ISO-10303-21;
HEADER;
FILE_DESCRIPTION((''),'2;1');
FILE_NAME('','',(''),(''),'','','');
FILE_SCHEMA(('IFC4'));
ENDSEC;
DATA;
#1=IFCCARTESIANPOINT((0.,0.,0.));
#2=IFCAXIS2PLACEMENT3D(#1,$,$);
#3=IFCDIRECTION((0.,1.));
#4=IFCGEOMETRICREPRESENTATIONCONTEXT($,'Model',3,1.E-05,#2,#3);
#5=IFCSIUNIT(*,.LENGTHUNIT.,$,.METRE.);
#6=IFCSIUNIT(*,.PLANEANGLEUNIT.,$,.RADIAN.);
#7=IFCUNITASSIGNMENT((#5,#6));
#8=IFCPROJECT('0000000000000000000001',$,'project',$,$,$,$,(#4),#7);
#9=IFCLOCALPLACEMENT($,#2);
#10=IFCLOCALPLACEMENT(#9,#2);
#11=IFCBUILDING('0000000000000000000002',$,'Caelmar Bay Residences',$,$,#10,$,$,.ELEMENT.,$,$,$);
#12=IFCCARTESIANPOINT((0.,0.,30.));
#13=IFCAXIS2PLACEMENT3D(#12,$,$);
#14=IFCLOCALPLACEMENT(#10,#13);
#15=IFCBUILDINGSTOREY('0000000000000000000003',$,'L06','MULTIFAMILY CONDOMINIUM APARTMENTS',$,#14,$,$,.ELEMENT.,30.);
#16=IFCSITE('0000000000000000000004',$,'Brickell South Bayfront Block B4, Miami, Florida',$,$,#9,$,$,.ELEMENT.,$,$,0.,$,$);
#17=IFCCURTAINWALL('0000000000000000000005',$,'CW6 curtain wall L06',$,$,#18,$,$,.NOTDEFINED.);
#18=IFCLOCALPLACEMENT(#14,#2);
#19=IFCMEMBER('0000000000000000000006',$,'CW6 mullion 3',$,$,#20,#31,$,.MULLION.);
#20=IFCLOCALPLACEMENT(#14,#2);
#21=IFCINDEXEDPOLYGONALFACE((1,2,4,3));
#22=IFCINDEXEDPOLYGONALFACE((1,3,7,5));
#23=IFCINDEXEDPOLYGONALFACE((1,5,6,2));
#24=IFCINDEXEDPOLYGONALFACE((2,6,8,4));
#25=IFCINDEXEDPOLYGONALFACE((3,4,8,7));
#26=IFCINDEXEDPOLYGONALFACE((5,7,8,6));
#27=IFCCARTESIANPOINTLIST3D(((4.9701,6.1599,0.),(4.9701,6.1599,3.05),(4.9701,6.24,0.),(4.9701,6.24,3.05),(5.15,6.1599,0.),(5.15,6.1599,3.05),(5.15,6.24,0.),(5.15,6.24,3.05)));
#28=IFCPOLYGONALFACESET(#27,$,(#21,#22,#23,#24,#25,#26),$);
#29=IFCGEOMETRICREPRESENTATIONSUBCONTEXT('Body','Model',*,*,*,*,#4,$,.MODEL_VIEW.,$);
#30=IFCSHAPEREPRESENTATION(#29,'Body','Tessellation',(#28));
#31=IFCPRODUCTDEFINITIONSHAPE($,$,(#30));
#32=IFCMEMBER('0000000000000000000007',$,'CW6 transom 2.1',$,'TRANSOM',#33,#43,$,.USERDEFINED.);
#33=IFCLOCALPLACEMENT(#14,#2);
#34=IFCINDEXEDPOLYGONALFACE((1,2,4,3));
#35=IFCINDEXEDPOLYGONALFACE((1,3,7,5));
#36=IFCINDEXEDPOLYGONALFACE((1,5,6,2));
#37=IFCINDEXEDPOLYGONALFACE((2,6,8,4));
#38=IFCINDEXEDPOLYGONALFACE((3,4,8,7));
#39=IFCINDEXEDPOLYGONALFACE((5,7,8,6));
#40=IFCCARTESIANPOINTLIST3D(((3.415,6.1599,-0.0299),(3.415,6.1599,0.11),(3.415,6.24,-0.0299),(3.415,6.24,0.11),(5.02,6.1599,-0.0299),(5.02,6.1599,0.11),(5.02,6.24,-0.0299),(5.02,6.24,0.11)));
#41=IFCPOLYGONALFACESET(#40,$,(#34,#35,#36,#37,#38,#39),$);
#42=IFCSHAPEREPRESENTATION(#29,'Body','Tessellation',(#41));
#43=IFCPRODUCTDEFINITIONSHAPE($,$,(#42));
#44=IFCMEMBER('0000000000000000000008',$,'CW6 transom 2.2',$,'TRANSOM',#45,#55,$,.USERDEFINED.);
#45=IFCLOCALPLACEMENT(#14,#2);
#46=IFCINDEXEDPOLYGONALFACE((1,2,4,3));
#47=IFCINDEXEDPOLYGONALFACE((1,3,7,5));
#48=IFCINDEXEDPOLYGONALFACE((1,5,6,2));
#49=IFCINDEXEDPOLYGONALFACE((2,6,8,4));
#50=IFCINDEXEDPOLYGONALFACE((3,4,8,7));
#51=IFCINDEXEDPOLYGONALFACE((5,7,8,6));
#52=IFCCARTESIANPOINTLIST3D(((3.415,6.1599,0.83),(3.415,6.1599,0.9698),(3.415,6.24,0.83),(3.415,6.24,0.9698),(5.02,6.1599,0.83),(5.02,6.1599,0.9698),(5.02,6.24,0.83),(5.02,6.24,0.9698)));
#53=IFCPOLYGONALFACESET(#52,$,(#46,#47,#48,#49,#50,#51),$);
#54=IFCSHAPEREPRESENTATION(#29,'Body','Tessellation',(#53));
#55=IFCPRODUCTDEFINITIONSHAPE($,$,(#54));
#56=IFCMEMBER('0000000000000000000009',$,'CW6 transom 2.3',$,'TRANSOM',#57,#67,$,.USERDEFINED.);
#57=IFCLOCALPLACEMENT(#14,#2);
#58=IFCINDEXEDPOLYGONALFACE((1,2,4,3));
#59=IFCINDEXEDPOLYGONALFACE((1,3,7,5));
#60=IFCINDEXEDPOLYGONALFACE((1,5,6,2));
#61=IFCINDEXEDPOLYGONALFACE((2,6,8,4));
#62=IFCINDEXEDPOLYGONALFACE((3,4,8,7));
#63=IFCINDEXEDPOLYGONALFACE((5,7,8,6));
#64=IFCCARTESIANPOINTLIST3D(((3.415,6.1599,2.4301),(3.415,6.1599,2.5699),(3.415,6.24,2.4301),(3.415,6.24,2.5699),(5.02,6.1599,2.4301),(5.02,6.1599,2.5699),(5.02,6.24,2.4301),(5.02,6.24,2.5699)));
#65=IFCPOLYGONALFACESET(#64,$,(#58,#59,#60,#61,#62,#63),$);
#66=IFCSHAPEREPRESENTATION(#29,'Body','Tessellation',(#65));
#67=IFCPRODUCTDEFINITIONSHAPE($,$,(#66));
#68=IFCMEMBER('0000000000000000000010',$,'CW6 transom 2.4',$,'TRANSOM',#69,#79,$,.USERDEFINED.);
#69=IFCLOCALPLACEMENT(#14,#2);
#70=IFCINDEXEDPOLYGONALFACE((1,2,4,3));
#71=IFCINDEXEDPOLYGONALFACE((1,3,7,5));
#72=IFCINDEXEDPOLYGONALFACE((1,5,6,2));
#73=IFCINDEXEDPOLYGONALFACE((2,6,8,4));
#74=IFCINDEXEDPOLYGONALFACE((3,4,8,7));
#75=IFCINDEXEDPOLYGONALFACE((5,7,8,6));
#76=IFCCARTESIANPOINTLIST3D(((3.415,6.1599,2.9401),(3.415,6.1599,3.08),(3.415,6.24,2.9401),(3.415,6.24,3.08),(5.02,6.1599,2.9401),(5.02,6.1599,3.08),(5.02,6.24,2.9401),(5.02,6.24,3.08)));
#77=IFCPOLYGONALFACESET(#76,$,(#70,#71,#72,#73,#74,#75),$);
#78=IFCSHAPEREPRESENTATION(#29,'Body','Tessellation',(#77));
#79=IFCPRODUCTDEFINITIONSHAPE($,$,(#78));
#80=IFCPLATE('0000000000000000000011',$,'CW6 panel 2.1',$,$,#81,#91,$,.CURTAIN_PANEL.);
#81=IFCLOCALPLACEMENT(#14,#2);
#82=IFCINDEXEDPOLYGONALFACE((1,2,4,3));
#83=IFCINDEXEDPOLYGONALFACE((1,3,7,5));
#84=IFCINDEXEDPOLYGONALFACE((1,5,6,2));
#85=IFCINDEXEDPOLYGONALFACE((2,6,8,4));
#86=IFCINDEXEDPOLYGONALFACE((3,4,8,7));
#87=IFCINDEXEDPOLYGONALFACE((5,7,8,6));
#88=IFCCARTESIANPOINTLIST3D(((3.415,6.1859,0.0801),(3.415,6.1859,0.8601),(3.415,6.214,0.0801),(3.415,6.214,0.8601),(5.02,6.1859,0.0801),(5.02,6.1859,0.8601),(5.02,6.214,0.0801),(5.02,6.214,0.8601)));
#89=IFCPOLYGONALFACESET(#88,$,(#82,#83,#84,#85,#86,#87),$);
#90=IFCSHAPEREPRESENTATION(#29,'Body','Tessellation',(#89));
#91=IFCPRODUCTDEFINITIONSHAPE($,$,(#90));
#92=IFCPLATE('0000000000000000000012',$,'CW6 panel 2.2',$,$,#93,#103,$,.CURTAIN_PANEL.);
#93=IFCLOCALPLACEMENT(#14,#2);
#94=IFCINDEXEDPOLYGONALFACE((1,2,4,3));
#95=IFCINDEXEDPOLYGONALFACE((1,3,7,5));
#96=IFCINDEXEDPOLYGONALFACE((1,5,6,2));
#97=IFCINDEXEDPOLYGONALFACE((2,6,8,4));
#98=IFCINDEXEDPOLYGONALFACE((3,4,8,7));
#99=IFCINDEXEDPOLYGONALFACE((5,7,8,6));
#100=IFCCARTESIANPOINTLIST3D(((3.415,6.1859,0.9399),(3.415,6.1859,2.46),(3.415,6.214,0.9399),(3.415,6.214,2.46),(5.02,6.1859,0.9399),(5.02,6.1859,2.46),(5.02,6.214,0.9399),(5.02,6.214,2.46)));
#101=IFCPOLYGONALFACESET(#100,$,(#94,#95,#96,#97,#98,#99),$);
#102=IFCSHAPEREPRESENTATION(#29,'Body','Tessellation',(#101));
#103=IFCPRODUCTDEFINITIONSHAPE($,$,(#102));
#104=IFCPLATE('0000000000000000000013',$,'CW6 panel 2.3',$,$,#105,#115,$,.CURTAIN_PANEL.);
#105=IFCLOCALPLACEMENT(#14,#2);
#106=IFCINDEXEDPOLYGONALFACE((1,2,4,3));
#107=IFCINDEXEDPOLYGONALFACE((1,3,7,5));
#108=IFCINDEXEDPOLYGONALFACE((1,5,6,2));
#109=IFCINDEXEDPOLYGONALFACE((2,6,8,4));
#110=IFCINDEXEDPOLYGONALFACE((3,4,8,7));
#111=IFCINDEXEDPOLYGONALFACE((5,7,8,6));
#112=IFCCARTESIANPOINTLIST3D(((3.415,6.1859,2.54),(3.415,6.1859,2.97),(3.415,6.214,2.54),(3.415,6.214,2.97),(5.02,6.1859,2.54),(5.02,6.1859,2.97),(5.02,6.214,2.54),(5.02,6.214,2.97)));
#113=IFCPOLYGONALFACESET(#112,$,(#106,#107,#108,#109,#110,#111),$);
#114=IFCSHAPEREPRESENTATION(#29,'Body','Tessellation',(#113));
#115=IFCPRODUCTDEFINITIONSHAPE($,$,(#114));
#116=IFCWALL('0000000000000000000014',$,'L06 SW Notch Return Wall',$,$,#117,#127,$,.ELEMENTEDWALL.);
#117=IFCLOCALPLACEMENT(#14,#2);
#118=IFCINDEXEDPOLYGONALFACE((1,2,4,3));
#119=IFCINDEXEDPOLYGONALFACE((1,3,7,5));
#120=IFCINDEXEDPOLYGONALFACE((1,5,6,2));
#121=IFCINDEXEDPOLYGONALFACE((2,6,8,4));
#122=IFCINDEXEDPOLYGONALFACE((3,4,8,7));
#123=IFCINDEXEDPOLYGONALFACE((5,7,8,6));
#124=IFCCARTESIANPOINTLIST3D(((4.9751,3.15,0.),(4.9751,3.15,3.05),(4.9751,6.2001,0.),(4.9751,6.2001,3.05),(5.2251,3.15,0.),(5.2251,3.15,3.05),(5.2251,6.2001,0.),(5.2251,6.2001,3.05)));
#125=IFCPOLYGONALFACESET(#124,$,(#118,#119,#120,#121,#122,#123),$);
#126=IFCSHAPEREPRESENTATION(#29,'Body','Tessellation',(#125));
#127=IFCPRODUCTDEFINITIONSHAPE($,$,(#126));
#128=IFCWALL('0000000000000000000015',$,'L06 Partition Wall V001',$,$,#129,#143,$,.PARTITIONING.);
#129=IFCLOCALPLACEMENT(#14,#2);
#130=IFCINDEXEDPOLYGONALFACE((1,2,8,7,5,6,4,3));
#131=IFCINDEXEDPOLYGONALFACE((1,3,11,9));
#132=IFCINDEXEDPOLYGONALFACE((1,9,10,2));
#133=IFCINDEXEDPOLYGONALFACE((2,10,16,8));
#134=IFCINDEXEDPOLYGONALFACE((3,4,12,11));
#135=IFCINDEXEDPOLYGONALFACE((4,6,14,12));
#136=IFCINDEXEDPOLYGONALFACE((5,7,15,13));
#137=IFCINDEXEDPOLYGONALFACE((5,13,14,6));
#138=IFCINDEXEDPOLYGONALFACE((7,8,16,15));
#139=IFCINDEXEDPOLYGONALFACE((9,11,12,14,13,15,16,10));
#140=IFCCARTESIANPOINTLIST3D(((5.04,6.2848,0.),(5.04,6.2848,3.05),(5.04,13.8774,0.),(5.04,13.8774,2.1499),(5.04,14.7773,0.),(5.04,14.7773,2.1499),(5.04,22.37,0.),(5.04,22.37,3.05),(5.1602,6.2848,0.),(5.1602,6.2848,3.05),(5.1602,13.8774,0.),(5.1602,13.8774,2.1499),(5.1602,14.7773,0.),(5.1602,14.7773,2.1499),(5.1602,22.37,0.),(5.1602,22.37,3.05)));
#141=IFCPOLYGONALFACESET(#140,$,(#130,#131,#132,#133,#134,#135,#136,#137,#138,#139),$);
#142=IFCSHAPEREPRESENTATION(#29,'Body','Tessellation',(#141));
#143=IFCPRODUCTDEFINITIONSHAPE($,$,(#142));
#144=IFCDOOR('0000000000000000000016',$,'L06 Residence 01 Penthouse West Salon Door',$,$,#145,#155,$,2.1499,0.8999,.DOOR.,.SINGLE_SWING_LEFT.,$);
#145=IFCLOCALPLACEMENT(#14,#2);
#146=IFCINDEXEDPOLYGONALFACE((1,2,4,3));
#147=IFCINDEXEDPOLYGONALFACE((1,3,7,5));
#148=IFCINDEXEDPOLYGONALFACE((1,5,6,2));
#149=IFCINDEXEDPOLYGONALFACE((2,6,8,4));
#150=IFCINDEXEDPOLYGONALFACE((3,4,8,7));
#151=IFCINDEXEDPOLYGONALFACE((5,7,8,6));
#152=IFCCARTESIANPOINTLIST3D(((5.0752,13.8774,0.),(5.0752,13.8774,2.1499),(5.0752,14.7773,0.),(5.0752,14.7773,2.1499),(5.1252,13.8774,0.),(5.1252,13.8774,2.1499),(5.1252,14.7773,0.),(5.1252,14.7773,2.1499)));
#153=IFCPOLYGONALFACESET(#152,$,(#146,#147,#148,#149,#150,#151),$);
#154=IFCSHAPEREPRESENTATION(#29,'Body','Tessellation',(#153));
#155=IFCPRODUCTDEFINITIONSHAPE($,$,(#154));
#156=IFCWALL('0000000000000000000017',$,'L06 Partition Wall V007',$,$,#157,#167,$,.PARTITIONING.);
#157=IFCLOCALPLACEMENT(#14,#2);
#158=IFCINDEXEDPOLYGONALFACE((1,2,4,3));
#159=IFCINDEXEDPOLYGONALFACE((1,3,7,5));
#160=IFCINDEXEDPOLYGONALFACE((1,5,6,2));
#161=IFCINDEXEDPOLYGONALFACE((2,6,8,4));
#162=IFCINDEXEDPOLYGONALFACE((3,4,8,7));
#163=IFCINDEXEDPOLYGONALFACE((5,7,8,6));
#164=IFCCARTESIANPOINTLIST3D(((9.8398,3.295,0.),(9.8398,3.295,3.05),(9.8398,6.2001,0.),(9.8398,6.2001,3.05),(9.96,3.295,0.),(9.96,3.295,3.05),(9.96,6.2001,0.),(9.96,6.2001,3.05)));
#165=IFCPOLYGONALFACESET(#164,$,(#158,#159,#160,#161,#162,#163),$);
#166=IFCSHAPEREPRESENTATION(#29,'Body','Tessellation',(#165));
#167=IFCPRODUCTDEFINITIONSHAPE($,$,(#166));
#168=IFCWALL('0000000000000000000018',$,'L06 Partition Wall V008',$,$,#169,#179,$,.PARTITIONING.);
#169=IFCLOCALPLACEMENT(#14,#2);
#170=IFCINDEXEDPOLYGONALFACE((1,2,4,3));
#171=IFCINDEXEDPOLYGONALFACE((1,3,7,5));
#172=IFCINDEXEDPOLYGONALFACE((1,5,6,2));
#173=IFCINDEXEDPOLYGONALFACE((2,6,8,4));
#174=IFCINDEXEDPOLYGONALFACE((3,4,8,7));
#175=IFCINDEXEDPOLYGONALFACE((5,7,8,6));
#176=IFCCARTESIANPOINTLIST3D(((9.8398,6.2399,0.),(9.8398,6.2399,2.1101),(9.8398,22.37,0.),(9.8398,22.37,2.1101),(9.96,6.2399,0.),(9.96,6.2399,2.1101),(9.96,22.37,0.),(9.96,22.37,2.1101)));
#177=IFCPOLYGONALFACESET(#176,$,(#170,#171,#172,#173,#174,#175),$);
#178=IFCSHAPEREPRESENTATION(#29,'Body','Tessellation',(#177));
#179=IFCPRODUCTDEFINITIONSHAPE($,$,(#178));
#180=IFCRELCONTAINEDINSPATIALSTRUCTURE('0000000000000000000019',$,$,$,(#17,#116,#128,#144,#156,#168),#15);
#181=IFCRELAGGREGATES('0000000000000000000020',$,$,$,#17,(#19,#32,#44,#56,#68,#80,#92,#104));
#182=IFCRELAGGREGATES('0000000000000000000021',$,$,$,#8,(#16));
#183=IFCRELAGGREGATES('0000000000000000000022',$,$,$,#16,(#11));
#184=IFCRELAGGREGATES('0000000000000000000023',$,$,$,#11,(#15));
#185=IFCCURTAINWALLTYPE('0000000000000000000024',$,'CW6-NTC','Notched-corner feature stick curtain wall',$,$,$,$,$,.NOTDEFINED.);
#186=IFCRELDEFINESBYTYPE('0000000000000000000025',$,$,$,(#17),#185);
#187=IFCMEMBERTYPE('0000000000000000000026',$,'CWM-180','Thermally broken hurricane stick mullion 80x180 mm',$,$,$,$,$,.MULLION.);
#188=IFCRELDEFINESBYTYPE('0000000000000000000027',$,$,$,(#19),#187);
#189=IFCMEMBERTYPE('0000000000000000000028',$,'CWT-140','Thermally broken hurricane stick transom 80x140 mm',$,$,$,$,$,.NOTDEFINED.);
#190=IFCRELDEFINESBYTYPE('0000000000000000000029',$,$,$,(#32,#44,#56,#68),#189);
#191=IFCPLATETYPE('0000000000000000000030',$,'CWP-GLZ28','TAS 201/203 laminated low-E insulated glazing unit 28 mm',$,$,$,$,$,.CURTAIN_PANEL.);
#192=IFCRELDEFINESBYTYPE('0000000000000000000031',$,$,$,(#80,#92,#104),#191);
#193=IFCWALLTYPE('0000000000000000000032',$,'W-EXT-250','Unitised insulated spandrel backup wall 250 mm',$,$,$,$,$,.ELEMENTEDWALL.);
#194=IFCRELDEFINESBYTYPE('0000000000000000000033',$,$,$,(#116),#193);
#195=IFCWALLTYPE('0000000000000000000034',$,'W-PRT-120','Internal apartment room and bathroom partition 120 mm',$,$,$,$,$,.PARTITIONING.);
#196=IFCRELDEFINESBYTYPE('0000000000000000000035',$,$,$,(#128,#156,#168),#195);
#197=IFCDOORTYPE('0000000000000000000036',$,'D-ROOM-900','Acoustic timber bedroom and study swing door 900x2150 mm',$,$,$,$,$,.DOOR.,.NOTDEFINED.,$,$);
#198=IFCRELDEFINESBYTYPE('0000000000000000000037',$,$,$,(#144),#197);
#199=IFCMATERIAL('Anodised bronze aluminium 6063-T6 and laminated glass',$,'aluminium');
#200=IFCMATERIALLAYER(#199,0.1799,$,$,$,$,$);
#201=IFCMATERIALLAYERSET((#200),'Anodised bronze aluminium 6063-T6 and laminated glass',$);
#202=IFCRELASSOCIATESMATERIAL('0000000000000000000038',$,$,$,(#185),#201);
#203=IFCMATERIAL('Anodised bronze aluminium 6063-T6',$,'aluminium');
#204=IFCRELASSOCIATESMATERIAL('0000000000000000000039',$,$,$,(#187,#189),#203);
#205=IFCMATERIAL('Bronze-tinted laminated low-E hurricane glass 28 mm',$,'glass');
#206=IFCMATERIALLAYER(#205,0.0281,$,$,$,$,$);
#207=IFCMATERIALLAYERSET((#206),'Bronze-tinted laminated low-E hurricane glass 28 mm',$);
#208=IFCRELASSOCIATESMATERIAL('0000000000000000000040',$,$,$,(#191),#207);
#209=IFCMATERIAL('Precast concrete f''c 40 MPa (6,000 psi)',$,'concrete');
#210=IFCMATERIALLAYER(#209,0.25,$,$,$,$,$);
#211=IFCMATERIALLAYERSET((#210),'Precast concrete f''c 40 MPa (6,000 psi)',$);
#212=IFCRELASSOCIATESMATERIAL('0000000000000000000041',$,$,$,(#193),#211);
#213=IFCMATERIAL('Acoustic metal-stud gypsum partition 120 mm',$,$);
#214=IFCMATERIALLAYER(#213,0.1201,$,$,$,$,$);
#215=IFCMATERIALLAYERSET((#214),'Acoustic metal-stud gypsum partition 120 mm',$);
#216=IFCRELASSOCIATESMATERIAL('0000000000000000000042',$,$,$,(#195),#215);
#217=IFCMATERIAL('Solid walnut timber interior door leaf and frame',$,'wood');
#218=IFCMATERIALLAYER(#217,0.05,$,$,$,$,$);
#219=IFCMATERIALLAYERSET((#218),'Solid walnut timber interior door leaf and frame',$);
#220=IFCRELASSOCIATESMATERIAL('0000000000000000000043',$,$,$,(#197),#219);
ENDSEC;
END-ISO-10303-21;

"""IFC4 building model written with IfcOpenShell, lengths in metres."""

from ifc_helpers import new_model, si_unit, direction, frame, frame_2d, origin, origin_2d, place, context, subcontext, project, spatial, rectangle, extrude, material, layer, layer_set, material_profile, profile_set, type_object, element, fill, aggregate, save


model = new_model("IFC4")

# Units and contexts
model_context = context("Model", 3, precision=1e-05, world=origin(), true_north=direction((0.0, 1.0)))
body_context = subcontext(model_context, "Body", "Model", "MODEL_VIEW")
ifc_project = project(units=[si_unit("LENGTHUNIT", "METRE"), si_unit("PLANEANGLEUNIT", "RADIAN")], contexts=[model_context])

# Site, building, storey
site_placement = place(None, origin())
site = spatial("IfcSite", under=ifc_project, at=site_placement, Name="Brickell South Bayfront Block B4, Miami, Florida", CompositionType="ELEMENT", RefElevation=0.0)
building_placement = place(site_placement, origin())
building = spatial("IfcBuilding", under=site, at=building_placement, Name="Caelmar Bay Residences", CompositionType="ELEMENT")
storey_placement = place(building_placement, frame((0.0, 0.0, 30.0)))
storey = spatial("IfcBuildingStorey", under=building, at=storey_placement, Name="L06", Description="MULTIFAMILY CONDOMINIUM APARTMENTS", CompositionType="ELEMENT", Elevation=30.0)

# Curtain wall, members, plates
ifc_material_1 = material(Name="Anodised bronze aluminium 6063-T6 and laminated glass", Category="aluminium")
ifc_layer_1 = layer(ifc_material_1, 0.1799)
ifc_layer_set_1 = layer_set([ifc_layer_1], Name="Anodised bronze aluminium 6063-T6 and laminated glass")
curtain_wall_type = type_object("IfcCurtainWallType", Name="CW6-NTC", Description="Notched-corner feature stick curtain wall", PredefinedType="NOTDEFINED", material=ifc_layer_set_1)
curtain_wall_placement = place(storey_placement, origin())
curtain_wall = element("IfcCurtainWall", 1, at=curtain_wall_placement, inside=storey, type_object=curtain_wall_type, Name="CW6 curtain wall L06", PredefinedType="NOTDEFINED")
ifc_material_2 = material(Name="Anodised bronze aluminium 6063-T6", Category="aluminium")
ifc_material_profile_1 = material_profile(ifc_material_2, rectangle(XDim=0.0801, YDim=0.1799, at=origin_2d()), Name="CWM-80X180")
ifc_profile_set_1 = profile_set([ifc_material_profile_1], Name="Anodised bronze aluminium 6063-T6")
member_type_1 = type_object("IfcMemberType", Name="CWM-180", Description="Thermally broken hurricane stick mullion 80x180 mm", PredefinedType="MULLION", material=ifc_profile_set_1)
member_1_placement = place(storey_placement, frame((5.0601, 6.2, 0.0), z_axis=(0.0, 0.0, 1.0), x_axis=(0.0, 1.0, 0.0)))
member_1 = element("IfcMember", 2, at=member_1_placement, type_object=member_type_1, Name="CW6 mullion 3", PredefinedType="MULLION", context=body_context, shape_type="SweptSolid", body=[
    extrude(rectangle(XDim=0.0801, YDim=0.1799, at=origin_2d()), origin(), (0.0, 0.0, 1.0), 3.05),
])
ifc_material_profile_2 = material_profile(ifc_material_2, rectangle(XDim=0.0801, YDim=0.1399, at=origin_2d()), Name="CWT-80X140")
ifc_profile_set_2 = profile_set([ifc_material_profile_2], Name="Anodised bronze aluminium 6063-T6")
member_type_2 = type_object("IfcMemberType", Name="CWT-140", Description="Thermally broken hurricane stick transom 80x140 mm", PredefinedType="NOTDEFINED", material=ifc_profile_set_2)
member_2_placement = place(storey_placement, frame((3.415, 6.2, 0.04), z_axis=(1.0, 0.0, 0.0), x_axis=(0.0, 1.0, 0.0)))
member_2 = element("IfcMember", 3, at=member_2_placement, type_object=member_type_2, Name="CW6 transom 2.1", ObjectType="TRANSOM", PredefinedType="USERDEFINED", context=body_context, shape_type="SweptSolid", body=[
    extrude(rectangle(XDim=0.0801, YDim=0.1399, at=origin_2d()), origin(), (0.0, 0.0, 1.0), 1.605),
])
member_3_placement = place(storey_placement, frame((3.415, 6.2, 0.8999), z_axis=(1.0, 0.0, 0.0), x_axis=(0.0, 1.0, 0.0)))
member_3 = element("IfcMember", 4, at=member_3_placement, type_object=member_type_2, Name="CW6 transom 2.2", ObjectType="TRANSOM", PredefinedType="USERDEFINED", context=body_context, shape_type="SweptSolid", body=[
    extrude(rectangle(XDim=0.0801, YDim=0.1399, at=origin_2d()), origin(), (0.0, 0.0, 1.0), 1.605),
])
member_4_placement = place(storey_placement, frame((3.415, 6.2, 2.5), z_axis=(1.0, 0.0, 0.0), x_axis=(0.0, 1.0, 0.0)))
member_4 = element("IfcMember", 5, at=member_4_placement, type_object=member_type_2, Name="CW6 transom 2.3", ObjectType="TRANSOM", PredefinedType="USERDEFINED", context=body_context, shape_type="SweptSolid", body=[
    extrude(rectangle(XDim=0.0801, YDim=0.1399, at=origin_2d()), origin(), (0.0, 0.0, 1.0), 1.605),
])
member_5_placement = place(storey_placement, frame((3.415, 6.2, 3.01), z_axis=(1.0, 0.0, 0.0), x_axis=(0.0, 1.0, 0.0)))
member_5 = element("IfcMember", 6, at=member_5_placement, type_object=member_type_2, Name="CW6 transom 2.4", ObjectType="TRANSOM", PredefinedType="USERDEFINED", context=body_context, shape_type="SweptSolid", body=[
    extrude(rectangle(XDim=0.0801, YDim=0.1399, at=origin_2d()), origin(), (0.0, 0.0, 1.0), 1.605),
])
ifc_material_3 = material(Name="Bronze-tinted laminated low-E hurricane glass 28 mm", Category="glass")
ifc_layer_2 = layer(ifc_material_3, 0.0281)
ifc_layer_set_2 = layer_set([ifc_layer_2], Name="Bronze-tinted laminated low-E hurricane glass 28 mm")
plate_type = type_object("IfcPlateType", Name="CWP-GLZ28", Description="TAS 201/203 laminated low-E insulated glazing unit 28 mm", PredefinedType="CURTAIN_PANEL", material=ifc_layer_set_2)
plate_1_placement = place(storey_placement, frame((4.2175, 6.2, 0.0801), z_axis=(0.0, 0.0, 1.0), x_axis=(1.0, 0.0, 0.0)))
plate_1 = element("IfcPlate", 7, at=plate_1_placement, type_object=plate_type, Name="CW6 panel 2.1", PredefinedType="CURTAIN_PANEL", context=body_context, shape_type="SweptSolid", body=[
    extrude(rectangle(XDim=1.605, YDim=0.0281, at=origin_2d()), origin(), (0.0, 0.0, 1.0), 0.78),
])
plate_2_placement = place(storey_placement, frame((4.2175, 6.2, 0.9399), z_axis=(0.0, 0.0, 1.0), x_axis=(1.0, 0.0, 0.0)))
plate_2 = element("IfcPlate", 8, at=plate_2_placement, type_object=plate_type, Name="CW6 panel 2.2", PredefinedType="CURTAIN_PANEL", context=body_context, shape_type="SweptSolid", body=[
    extrude(rectangle(XDim=1.605, YDim=0.0281, at=origin_2d()), origin(), (0.0, 0.0, 1.0), 1.52),
])
plate_3_placement = place(storey_placement, frame((4.2175, 6.2, 2.54), z_axis=(0.0, 0.0, 1.0), x_axis=(1.0, 0.0, 0.0)))
plate_3 = element("IfcPlate", 9, at=plate_3_placement, type_object=plate_type, Name="CW6 panel 2.3", PredefinedType="CURTAIN_PANEL", context=body_context, shape_type="SweptSolid", body=[
    extrude(rectangle(XDim=1.605, YDim=0.0281, at=origin_2d()), origin(), (0.0, 0.0, 1.0), 0.4299),
])
aggregate(curtain_wall, [member_1, member_2, member_3, member_4, member_5, plate_1, plate_2, plate_3])

# Wall
ifc_material_4 = material(Name="Precast concrete f'c 40 MPa (6,000 psi)", Category="concrete")
ifc_layer_3 = layer(ifc_material_4, 0.25)
ifc_layer_set_3 = layer_set([ifc_layer_3], Name="Precast concrete f'c 40 MPa (6,000 psi)")
wall_type_1 = type_object("IfcWallType", Name="W-EXT-250", Description="Unitised insulated spandrel backup wall 250 mm", PredefinedType="ELEMENTEDWALL", material=ifc_layer_set_3)
wall_1_placement = place(storey_placement, frame((5.1001, 6.2, 0.0), z_axis=(0.0, 0.0, 1.0), x_axis=(0.0, -1.0, 0.0)))
element("IfcWall", 10, at=wall_1_placement, inside=storey, type_object=wall_type_1, Name="L06 SW Notch Return Wall", PredefinedType="ELEMENTEDWALL", context=body_context, shape_type="SweptSolid", body=[
    extrude(rectangle(XDim=3.05, YDim=0.25, at=frame_2d((1.5249, 0.0))), origin(), (0.0, 0.0, 1.0), 3.05),
])

# Wall, opening, door
ifc_material_5 = material(Name="Acoustic metal-stud gypsum partition 120 mm")
ifc_layer_4 = layer(ifc_material_5, 0.1201)
ifc_layer_set_4 = layer_set([ifc_layer_4], Name="Acoustic metal-stud gypsum partition 120 mm")
wall_type_2 = type_object("IfcWallType", Name="W-PRT-120", Description="Internal apartment room and bathroom partition 120 mm", PredefinedType="PARTITIONING", material=ifc_layer_set_4)
wall_2_placement = place(storey_placement, frame((5.1001, 6.2849, 0.0), z_axis=(0.0, 0.0, 1.0), x_axis=(0.0, 1.0, 0.0)))
wall_2 = element("IfcWall", 11, at=wall_2_placement, inside=storey, type_object=wall_type_2, Name="L06 Partition Wall V001", PredefinedType="PARTITIONING", context=body_context, shape_type="SweptSolid", body=[
    extrude(rectangle(XDim=16.0852, YDim=0.1201, at=frame_2d((8.0425, 0.0))), origin(), (0.0, 0.0, 1.0), 3.05),
])
opening_1_placement = place(wall_2_placement, frame((7.5925, 0.0, 0.0)))
opening_1 = element("IfcOpeningElement", 12, at=opening_1_placement, cuts=wall_2, PredefinedType="OPENING", context=body_context, shape_type="SweptSolid", body=[
    extrude(rectangle(XDim=0.8999, YDim=2.1499, at=frame_2d((0.45, 1.075))), frame((0.0, 0.0701, 0.0), z_axis=(0.0, -1.0, 0.0), x_axis=(1.0, 0.0, 0.0)), (0.0, 0.0, 1.0), 0.1401),
])
ifc_material_6 = material(Name="Solid walnut timber interior door leaf and frame", Category="wood")
ifc_layer_5 = layer(ifc_material_6, 0.05)
ifc_layer_set_5 = layer_set([ifc_layer_5], Name="Solid walnut timber interior door leaf and frame")
door_type = type_object("IfcDoorType", Name="D-ROOM-900", Description="Acoustic timber bedroom and study swing door 900x2150 mm", OperationType="NOTDEFINED", PredefinedType="DOOR", material=ifc_layer_set_5)
door_1_placement = place(opening_1_placement, origin())
door_1 = element("IfcDoor", 13, at=door_1_placement, inside=storey, type_object=door_type, Name="L06 Residence 01 Penthouse West Salon Door", OperationType="SINGLE_SWING_LEFT", OverallHeight=2.1499, OverallWidth=0.8999, PredefinedType="DOOR", context=body_context, shape_type="SweptSolid", body=[
    extrude(rectangle(XDim=0.8999, YDim=2.1499, at=frame_2d((0.45, 1.075))), frame((0.0, 0.0249, 0.0), z_axis=(0.0, -1.0, 0.0), x_axis=(1.0, 0.0, 0.0)), (0.0, 0.0, 1.0), 0.05),
])
fill(opening_1, door_1)

# Walls
wall_3_placement = place(storey_placement, frame((9.8999, 3.2949, 0.0), z_axis=(0.0, 0.0, 1.0), x_axis=(0.0, 1.0, 0.0)))
element("IfcWall", 14, at=wall_3_placement, inside=storey, type_object=wall_type_2, Name="L06 Partition Wall V007", PredefinedType="PARTITIONING", context=body_context, shape_type="SweptSolid", body=[
    extrude(rectangle(XDim=2.905, YDim=0.1201, at=frame_2d((1.4526, 0.0))), origin(), (0.0, 0.0, 1.0), 3.05),
])
wall_4_placement = place(storey_placement, frame((9.8999, 6.24, 0.0), z_axis=(0.0, 0.0, 1.0), x_axis=(0.0, 1.0, 0.0)))
element("IfcWall", 15, at=wall_4_placement, inside=storey, type_object=wall_type_2, Name="L06 Partition Wall V008", PredefinedType="PARTITIONING", context=body_context, shape_type="SweptSolid", body=[
    extrude(rectangle(XDim=16.1301, YDim=0.1201, at=frame_2d((8.0649, 0.0))), origin(), (0.0, 0.0, 1.0), 2.1101),
])

save(model, "model.ifc")
